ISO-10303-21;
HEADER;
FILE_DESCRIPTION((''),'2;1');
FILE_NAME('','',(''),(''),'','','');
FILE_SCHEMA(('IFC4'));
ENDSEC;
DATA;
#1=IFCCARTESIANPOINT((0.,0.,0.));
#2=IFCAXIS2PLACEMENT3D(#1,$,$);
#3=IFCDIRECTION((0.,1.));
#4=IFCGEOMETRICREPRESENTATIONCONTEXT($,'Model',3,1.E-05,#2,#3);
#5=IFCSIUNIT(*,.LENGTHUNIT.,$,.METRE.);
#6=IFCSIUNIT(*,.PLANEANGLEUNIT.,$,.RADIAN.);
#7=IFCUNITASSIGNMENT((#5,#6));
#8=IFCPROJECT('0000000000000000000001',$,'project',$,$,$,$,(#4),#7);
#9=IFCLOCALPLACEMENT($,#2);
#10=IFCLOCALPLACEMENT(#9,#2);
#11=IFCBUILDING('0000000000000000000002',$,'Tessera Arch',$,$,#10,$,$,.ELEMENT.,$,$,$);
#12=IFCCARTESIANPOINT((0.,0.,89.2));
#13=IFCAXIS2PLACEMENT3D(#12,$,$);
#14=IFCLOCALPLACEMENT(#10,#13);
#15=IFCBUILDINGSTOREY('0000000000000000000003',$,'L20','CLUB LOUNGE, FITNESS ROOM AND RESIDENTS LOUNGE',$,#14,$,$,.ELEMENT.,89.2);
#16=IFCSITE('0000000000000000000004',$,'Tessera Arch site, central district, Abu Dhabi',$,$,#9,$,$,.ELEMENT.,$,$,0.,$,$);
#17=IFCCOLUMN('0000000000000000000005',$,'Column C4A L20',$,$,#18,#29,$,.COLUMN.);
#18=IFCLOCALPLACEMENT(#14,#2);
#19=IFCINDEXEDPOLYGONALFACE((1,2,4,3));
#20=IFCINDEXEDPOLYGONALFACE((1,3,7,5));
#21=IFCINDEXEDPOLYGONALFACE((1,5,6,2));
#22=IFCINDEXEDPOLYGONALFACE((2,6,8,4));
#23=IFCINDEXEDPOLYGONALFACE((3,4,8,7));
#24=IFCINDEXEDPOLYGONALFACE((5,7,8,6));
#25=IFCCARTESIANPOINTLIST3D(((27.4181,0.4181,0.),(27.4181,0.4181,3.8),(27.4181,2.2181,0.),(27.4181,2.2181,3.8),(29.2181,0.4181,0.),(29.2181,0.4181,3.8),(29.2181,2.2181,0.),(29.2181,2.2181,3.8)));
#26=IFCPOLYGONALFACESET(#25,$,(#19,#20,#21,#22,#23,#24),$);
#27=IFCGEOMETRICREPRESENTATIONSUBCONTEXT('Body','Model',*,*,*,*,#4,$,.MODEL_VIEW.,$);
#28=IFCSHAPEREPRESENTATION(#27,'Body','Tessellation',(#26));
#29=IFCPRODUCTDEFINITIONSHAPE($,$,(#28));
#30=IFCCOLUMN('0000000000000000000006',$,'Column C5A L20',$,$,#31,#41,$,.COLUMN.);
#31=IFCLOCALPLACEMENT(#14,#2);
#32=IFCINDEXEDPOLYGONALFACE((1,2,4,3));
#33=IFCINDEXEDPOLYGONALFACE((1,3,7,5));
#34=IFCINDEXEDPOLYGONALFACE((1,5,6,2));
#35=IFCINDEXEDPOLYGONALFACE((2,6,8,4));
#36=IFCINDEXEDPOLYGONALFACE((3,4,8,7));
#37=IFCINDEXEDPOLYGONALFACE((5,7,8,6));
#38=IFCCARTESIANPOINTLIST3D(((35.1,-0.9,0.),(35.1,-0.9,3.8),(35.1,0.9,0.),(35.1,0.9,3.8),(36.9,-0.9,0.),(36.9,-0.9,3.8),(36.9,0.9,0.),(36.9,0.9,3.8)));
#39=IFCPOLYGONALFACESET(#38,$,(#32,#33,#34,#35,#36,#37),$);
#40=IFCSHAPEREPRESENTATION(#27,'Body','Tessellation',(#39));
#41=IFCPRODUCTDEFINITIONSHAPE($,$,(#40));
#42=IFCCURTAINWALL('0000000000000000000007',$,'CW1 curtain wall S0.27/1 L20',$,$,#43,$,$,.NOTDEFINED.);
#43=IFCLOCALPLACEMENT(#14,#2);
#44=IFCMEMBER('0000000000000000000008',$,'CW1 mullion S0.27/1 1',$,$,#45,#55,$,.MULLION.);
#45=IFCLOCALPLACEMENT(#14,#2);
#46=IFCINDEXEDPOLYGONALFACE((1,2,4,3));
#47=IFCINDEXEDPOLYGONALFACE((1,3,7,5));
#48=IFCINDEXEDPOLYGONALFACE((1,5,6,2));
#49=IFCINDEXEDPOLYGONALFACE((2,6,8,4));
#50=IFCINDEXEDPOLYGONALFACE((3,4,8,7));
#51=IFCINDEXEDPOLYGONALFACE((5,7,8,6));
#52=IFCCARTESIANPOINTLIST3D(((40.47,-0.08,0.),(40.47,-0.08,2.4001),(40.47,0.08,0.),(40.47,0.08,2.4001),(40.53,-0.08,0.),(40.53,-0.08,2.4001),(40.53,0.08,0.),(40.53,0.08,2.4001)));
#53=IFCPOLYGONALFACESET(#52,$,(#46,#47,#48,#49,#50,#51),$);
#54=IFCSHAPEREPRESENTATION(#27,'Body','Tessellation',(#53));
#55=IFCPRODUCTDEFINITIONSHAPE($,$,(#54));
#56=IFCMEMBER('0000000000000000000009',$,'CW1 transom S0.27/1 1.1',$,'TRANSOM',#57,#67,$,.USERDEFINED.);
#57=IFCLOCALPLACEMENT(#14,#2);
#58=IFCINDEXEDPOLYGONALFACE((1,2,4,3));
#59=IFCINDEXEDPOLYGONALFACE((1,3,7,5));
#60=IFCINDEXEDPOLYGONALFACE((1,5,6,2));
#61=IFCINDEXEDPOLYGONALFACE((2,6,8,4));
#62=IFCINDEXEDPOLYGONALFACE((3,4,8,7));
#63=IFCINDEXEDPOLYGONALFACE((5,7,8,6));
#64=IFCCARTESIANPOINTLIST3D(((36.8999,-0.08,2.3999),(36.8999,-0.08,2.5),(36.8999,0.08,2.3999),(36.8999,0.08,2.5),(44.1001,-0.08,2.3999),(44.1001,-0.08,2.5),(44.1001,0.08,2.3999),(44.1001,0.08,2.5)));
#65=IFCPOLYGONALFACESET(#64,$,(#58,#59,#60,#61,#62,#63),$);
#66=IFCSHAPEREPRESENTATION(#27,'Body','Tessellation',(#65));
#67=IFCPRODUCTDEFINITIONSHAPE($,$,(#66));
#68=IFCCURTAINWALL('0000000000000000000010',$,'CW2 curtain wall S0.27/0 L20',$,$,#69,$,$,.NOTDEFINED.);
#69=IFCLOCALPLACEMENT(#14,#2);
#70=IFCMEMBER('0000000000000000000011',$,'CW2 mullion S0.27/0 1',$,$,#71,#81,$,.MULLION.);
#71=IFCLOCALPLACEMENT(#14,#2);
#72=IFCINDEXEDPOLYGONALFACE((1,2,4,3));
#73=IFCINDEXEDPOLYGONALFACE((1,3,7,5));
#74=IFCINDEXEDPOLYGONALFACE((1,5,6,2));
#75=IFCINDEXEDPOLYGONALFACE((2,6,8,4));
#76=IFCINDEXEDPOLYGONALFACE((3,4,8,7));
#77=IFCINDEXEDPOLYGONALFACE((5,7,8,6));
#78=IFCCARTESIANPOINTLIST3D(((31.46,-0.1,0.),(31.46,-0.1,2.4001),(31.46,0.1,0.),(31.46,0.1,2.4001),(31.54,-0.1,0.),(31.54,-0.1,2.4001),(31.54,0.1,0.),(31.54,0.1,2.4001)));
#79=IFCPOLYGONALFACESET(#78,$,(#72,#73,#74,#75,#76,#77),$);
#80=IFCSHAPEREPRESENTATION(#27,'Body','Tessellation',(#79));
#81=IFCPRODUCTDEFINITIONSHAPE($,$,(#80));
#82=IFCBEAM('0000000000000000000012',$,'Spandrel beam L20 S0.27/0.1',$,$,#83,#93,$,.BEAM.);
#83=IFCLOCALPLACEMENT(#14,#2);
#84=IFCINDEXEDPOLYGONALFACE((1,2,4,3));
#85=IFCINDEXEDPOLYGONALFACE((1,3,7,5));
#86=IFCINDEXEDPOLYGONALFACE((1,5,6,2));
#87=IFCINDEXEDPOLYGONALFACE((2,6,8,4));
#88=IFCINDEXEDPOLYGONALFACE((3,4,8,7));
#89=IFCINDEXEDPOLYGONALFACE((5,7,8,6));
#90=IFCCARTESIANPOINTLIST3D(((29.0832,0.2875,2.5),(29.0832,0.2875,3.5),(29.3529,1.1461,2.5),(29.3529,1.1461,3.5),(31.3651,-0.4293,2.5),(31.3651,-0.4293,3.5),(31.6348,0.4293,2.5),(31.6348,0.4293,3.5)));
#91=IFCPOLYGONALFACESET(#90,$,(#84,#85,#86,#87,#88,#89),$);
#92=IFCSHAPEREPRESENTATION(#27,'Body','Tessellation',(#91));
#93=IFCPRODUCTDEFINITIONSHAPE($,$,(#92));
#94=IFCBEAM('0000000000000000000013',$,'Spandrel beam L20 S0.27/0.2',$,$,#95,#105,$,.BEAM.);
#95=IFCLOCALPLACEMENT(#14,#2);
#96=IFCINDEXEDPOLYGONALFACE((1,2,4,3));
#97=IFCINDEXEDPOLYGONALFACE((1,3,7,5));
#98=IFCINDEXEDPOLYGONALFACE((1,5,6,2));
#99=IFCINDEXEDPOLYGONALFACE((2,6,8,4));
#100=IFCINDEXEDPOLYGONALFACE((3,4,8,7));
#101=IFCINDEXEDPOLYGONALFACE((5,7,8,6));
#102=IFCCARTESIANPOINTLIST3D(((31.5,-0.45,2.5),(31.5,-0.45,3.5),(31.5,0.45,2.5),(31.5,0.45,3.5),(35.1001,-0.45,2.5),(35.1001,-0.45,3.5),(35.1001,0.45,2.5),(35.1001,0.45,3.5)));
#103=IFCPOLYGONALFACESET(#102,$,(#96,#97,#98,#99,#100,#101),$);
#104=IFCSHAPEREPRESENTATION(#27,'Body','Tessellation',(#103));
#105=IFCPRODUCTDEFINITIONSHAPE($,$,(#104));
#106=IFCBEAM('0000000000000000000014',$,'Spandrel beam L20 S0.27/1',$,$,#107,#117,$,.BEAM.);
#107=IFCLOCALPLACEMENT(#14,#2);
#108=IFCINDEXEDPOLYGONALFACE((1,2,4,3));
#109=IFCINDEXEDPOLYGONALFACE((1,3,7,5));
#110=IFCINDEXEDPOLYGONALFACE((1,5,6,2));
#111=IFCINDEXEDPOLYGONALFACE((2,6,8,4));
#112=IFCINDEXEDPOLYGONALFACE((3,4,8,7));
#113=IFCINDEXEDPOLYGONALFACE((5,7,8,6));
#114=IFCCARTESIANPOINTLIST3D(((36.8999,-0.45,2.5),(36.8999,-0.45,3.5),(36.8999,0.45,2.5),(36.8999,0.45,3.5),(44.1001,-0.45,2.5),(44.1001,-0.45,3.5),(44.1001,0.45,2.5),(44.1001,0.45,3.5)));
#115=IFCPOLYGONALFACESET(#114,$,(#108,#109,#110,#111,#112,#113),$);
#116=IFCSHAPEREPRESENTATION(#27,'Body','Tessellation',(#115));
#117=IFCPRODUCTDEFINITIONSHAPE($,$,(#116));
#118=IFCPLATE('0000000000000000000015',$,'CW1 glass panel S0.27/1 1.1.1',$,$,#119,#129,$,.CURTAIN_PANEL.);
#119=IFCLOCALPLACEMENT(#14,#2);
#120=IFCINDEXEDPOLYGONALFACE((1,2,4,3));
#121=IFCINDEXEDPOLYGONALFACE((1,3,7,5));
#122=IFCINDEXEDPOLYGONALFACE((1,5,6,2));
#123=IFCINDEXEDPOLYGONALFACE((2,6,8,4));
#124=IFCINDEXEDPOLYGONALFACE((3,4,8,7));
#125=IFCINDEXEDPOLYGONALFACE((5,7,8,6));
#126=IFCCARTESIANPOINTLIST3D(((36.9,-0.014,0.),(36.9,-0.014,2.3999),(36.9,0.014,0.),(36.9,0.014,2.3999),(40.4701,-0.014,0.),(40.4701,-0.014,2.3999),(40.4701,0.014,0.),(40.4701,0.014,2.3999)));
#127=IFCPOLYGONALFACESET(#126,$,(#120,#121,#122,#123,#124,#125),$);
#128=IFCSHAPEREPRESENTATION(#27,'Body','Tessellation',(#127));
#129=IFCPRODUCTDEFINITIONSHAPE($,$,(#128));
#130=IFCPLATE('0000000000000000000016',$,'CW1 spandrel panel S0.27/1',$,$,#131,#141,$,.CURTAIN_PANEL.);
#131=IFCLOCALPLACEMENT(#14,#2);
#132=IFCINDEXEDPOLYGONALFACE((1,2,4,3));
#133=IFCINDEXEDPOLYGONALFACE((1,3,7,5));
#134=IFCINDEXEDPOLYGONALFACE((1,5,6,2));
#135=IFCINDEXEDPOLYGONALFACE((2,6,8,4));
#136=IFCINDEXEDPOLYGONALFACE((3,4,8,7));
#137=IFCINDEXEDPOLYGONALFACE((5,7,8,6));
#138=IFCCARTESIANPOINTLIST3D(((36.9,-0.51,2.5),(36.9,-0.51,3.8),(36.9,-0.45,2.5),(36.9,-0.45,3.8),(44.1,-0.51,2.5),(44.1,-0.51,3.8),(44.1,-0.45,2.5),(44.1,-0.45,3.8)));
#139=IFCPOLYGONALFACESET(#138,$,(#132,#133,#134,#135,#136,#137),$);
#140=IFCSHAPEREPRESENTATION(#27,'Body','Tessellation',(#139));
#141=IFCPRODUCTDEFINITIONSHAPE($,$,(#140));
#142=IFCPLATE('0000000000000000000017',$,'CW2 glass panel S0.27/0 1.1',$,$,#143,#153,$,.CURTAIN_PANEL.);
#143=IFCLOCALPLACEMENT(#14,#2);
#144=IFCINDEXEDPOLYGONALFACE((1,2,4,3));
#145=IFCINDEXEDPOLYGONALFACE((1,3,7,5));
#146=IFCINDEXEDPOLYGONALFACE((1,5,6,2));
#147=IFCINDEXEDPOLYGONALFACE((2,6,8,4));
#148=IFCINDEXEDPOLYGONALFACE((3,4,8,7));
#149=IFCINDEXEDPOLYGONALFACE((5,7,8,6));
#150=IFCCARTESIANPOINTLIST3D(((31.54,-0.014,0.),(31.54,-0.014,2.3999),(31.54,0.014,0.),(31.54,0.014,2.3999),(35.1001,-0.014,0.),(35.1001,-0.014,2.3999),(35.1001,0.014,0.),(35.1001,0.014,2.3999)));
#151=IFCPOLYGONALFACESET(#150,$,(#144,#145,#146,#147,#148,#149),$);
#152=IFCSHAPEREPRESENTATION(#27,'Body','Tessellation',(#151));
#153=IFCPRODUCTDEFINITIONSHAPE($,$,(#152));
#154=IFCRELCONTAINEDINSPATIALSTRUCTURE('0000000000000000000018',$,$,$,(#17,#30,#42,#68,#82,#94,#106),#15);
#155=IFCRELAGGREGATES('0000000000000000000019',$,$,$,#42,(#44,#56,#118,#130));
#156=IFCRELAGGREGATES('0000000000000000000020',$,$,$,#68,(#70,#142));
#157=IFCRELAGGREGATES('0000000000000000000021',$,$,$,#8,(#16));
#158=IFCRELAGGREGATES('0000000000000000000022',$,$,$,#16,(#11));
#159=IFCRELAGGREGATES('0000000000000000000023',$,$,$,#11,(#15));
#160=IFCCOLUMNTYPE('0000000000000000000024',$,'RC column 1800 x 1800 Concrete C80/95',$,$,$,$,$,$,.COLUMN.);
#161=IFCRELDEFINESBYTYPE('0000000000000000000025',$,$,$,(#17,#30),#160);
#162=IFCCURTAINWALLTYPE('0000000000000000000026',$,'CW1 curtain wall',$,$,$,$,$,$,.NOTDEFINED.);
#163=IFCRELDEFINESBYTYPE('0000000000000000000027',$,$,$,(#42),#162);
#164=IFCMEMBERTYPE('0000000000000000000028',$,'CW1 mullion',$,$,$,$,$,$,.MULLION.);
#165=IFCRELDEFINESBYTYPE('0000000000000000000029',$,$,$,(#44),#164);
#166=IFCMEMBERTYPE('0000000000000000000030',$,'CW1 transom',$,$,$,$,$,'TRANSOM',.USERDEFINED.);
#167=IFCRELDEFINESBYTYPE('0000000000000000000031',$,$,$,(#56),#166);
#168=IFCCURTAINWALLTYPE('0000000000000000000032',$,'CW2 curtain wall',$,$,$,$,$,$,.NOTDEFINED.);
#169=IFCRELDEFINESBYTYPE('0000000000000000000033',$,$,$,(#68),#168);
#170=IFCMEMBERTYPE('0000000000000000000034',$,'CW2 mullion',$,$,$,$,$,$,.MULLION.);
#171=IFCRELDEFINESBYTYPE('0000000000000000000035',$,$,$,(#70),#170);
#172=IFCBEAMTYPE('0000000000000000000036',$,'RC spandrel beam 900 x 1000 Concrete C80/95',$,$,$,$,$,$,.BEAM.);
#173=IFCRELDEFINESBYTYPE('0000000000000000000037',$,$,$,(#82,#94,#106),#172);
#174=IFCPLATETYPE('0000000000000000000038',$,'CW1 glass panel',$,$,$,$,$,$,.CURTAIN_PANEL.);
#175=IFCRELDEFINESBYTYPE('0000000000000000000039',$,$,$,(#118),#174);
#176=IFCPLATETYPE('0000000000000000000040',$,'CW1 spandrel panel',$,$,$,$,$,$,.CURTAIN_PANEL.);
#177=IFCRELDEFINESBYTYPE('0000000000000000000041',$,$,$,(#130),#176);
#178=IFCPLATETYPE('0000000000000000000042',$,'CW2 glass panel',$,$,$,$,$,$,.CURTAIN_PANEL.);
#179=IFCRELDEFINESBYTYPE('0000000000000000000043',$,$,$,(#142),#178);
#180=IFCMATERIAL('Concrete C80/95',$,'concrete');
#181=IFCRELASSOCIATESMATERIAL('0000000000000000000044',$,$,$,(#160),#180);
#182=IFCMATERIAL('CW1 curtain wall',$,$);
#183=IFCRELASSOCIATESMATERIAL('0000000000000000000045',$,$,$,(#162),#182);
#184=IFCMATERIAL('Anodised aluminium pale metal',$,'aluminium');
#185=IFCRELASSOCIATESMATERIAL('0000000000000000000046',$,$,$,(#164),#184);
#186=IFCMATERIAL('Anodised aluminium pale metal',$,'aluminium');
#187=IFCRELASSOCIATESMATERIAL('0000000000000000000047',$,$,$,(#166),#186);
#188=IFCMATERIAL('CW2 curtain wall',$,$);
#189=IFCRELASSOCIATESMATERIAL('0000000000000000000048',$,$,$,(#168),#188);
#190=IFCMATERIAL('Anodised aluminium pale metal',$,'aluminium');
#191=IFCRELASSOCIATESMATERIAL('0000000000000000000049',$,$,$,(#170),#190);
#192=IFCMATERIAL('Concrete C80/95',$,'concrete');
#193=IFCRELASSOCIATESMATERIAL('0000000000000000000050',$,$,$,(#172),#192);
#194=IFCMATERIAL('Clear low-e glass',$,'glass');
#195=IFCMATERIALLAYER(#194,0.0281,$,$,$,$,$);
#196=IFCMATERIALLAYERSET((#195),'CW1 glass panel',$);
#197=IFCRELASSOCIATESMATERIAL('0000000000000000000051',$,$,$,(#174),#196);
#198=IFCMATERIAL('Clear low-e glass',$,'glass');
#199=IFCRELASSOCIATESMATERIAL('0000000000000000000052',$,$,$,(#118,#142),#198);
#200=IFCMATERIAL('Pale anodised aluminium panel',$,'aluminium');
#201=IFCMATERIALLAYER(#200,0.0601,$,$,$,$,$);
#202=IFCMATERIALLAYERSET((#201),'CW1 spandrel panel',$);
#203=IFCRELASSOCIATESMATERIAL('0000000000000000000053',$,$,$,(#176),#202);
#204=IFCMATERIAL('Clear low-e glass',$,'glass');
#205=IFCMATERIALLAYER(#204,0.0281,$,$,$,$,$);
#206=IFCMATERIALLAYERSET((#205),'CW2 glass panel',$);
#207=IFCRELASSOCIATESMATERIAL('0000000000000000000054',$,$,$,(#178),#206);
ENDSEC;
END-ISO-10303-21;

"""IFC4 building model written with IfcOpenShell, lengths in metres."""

from ifc_helpers import new_model, si_unit, direction, frame, origin, origin_2d, place, context, subcontext, project, spatial, rectangle, extrude, material, layer, layer_set, material_profile, profile_set, type_object, element, aggregate, save


model = new_model("IFC4")

# Units and contexts
model_context = context("Model", 3, precision=1e-05, world=origin(), true_north=direction((0.0, 1.0)))
body_context = subcontext(model_context, "Body", "Model", "MODEL_VIEW")
ifc_project = project(units=[si_unit("LENGTHUNIT", "METRE"), si_unit("PLANEANGLEUNIT", "RADIAN")], contexts=[model_context])

# Site, building, storey
site_placement = place(None, origin())
site = spatial("IfcSite", under=ifc_project, at=site_placement, Name="Tessera Arch site, central district, Abu Dhabi", CompositionType="ELEMENT", RefElevation=0.0)
building_placement = place(site_placement, origin())
building = spatial("IfcBuilding", under=site, at=building_placement, Name="Tessera Arch", CompositionType="ELEMENT")
storey_placement = place(building_placement, frame((0.0, 0.0, 89.2)))
storey = spatial("IfcBuildingStorey", under=building, at=storey_placement, Name="L20", Description="CLUB LOUNGE, FITNESS ROOM AND RESIDENTS LOUNGE", CompositionType="ELEMENT", Elevation=89.2)

# Columns
ifc_material_1 = material(Name="Concrete C80/95", Category="concrete")
ifc_material_profile_1 = material_profile(ifc_material_1, rectangle(XDim=1.8, YDim=1.8, at=origin_2d()), Name="RC column 1800 x 1800 Concrete C80/95")
ifc_profile_set_1 = profile_set([ifc_material_profile_1], Name="Concrete C80/95")
column_type = type_object("IfcColumnType", Name="RC column 1800 x 1800 Concrete C80/95", PredefinedType="COLUMN", material=ifc_profile_set_1)
for number, where, z_axis, x_axis, name in (
    (1, (28.3181, 1.3181, 0.0), (0.0, 0.0, 1.0), (1.0, 0.0, 0.0), "Column C4A L20"),
    (2, (36.0, 0.0, 0.0), (0.0, 0.0, 1.0), (1.0, 0.0, 0.0), "Column C5A L20"),
):
    element("IfcColumn", number, at=place(storey_placement, frame(where, z_axis=z_axis, x_axis=x_axis)), inside=storey, type_object=column_type, Name=name, PredefinedType="COLUMN", context=body_context, shape_type="SweptSolid", body=[
        extrude(rectangle(XDim=1.8, YDim=1.8, at=origin_2d()), origin(), (0.0, 0.0, 1.0), 3.8),
    ])

# Curtain wall, members
ifc_material_2 = material(Name="CW1 curtain wall")
curtain_wall_type_1 = type_object("IfcCurtainWallType", Name="CW1 curtain wall", PredefinedType="NOTDEFINED", material=ifc_material_2)
curtain_wall_1_placement = place(storey_placement, origin())
curtain_wall_1 = element("IfcCurtainWall", 3, at=curtain_wall_1_placement, inside=storey, type_object=curtain_wall_type_1, Name="CW1 curtain wall S0.27/1 L20", PredefinedType="NOTDEFINED")
ifc_material_3 = material(Name="Anodised aluminium pale metal", Category="aluminium")
ifc_material_profile_2 = material_profile(ifc_material_3, rectangle(XDim=0.1599, YDim=0.0601, at=origin_2d()), Name="AL 60x160")
ifc_profile_set_2 = profile_set([ifc_material_profile_2], Name="Anodised aluminium pale metal")
member_type_1 = type_object("IfcMemberType", Name="CW1 mullion", PredefinedType="MULLION", material=ifc_profile_set_2)
member_1_placement = place(storey_placement, frame((40.5, 0.0, 0.0), z_axis=(0.0, 0.0, 1.0), x_axis=(0.0, 1.0, 0.0)))
member_1 = element("IfcMember", 4, at=member_1_placement, type_object=member_type_1, Name="CW1 mullion S0.27/1 1", PredefinedType="MULLION", context=body_context, shape_type="SweptSolid", body=[
    extrude(rectangle(XDim=0.1599, YDim=0.0601, at=origin_2d()), origin(), (0.0, 0.0, 1.0), 2.4001),
])
ifc_material_4 = material(Name="Anodised aluminium pale metal", Category="aluminium")
ifc_material_profile_3 = material_profile(ifc_material_4, rectangle(XDim=0.1599, YDim=0.1001, at=origin_2d()), Name="AL 160x100")
ifc_profile_set_3 = profile_set([ifc_material_profile_3], Name="Anodised aluminium pale metal")
member_type_2 = type_object("IfcMemberType", Name="CW1 transom", ElementType="TRANSOM", PredefinedType="USERDEFINED", material=ifc_profile_set_3)
member_2_placement = place(storey_placement, frame((36.8999, 0.0, 2.45), z_axis=(1.0, 0.0, 0.0), x_axis=(0.0, 1.0, 0.0)))
member_2 = element("IfcMember", 5, at=member_2_placement, type_object=member_type_2, Name="CW1 transom S0.27/1 1.1", ObjectType="TRANSOM", PredefinedType="USERDEFINED", context=body_context, shape_type="SweptSolid", body=[
    extrude(rectangle(XDim=0.1599, YDim=0.1001, at=origin_2d()), origin(), (0.0, 0.0, 1.0), 7.2002),
])

# Curtain wall, member
ifc_material_5 = material(Name="CW2 curtain wall")
curtain_wall_type_2 = type_object("IfcCurtainWallType", Name="CW2 curtain wall", PredefinedType="NOTDEFINED", material=ifc_material_5)
curtain_wall_2_placement = place(storey_placement, origin())
curtain_wall_2 = element("IfcCurtainWall", 6, at=curtain_wall_2_placement, inside=storey, type_object=curtain_wall_type_2, Name="CW2 curtain wall S0.27/0 L20", PredefinedType="NOTDEFINED")
ifc_material_6 = material(Name="Anodised aluminium pale metal", Category="aluminium")
ifc_material_profile_4 = material_profile(ifc_material_6, rectangle(XDim=0.2, YDim=0.0801, at=origin_2d()), Name="AL 80x200")
ifc_profile_set_4 = profile_set([ifc_material_profile_4], Name="Anodised aluminium pale metal")
member_type_3 = type_object("IfcMemberType", Name="CW2 mullion", PredefinedType="MULLION", material=ifc_profile_set_4)
member_3_placement = place(storey_placement, frame((31.5, 0.0, 0.0), z_axis=(0.0, 0.0, 1.0), x_axis=(0.0, 1.0, 0.0)))
member_3 = element("IfcMember", 7, at=member_3_placement, type_object=member_type_3, Name="CW2 mullion S0.27/0 1", PredefinedType="MULLION", context=body_context, shape_type="SweptSolid", body=[
    extrude(rectangle(XDim=0.2, YDim=0.0801, at=origin_2d()), origin(), (0.0, 0.0, 1.0), 2.4001),
])

# Beams
ifc_material_7 = material(Name="Concrete C80/95", Category="concrete")
ifc_material_profile_5 = material_profile(ifc_material_7, rectangle(XDim=0.8999, YDim=1.0, at=origin_2d()), Name="RC spandrel beam 900 x 1000 Concrete C80/95")
ifc_profile_set_5 = profile_set([ifc_material_profile_5], Name="Concrete C80/95")
beam_type = type_object("IfcBeamType", Name="RC spandrel beam 900 x 1000 Concrete C80/95", PredefinedType="BEAM", material=ifc_profile_set_5)
beam_1_placement = place(storey_placement, frame((29.218, 0.7168, 3.0), z_axis=(0.954041, -0.299675, 0.0), x_axis=(0.299675, 0.954041, 0.0)))
element("IfcBeam", 8, at=beam_1_placement, inside=storey, type_object=beam_type, Name="Spandrel beam L20 S0.27/0.1", PredefinedType="BEAM", context=body_context, shape_type="SweptSolid", body=[
    extrude(rectangle(XDim=0.8999, YDim=1.0, at=origin_2d()), origin(), (0.0, 0.0, 1.0), 2.3918),
])
beam_2_placement = place(storey_placement, frame((31.5, 0.0, 3.0), z_axis=(1.0, 0.0, 0.0), x_axis=(0.0, 1.0, 0.0)))
element("IfcBeam", 9, at=beam_2_placement, inside=storey, type_object=beam_type, Name="Spandrel beam L20 S0.27/0.2", PredefinedType="BEAM", context=body_context, shape_type="SweptSolid", body=[
    extrude(rectangle(XDim=0.8999, YDim=1.0, at=origin_2d()), origin(), (0.0, 0.0, 1.0), 3.6001),
])
beam_3_placement = place(storey_placement, frame((36.8999, 0.0, 3.0), z_axis=(1.0, 0.0, 0.0), x_axis=(0.0, 1.0, 0.0)))
element("IfcBeam", 10, at=beam_3_placement, inside=storey, type_object=beam_type, Name="Spandrel beam L20 S0.27/1", PredefinedType="BEAM", context=body_context, shape_type="SweptSolid", body=[
    extrude(rectangle(XDim=0.8999, YDim=1.0, at=origin_2d()), origin(), (0.0, 0.0, 1.0), 7.2002),
])

# Plates
ifc_material_8 = material(Name="Clear low-e glass", Category="glass")
ifc_material_9 = material(Name="Clear low-e glass", Category="glass")
ifc_layer_1 = layer(ifc_material_9, 0.0281)
ifc_layer_set_1 = layer_set([ifc_layer_1], Name="CW1 glass panel")
plate_type_1 = type_object("IfcPlateType", Name="CW1 glass panel", PredefinedType="CURTAIN_PANEL", material=ifc_layer_set_1)
plate_1_placement = place(storey_placement, frame((38.6851, 0.0, 0.0), z_axis=(0.0, 0.0, 1.0), x_axis=(1.0, 0.0, 0.0)))
plate_1 = element("IfcPlate", 11, at=plate_1_placement, type_object=plate_type_1, material=ifc_material_8, Name="CW1 glass panel S0.27/1 1.1.1", PredefinedType="CURTAIN_PANEL", context=body_context, shape_type="SweptSolid", body=[
    extrude(rectangle(XDim=3.5701, YDim=0.0281, at=origin_2d()), origin(), (0.0, 0.0, 1.0), 2.3999),
])
ifc_material_10 = material(Name="Pale anodised aluminium panel", Category="aluminium")
ifc_layer_2 = layer(ifc_material_10, 0.0601)
ifc_layer_set_2 = layer_set([ifc_layer_2], Name="CW1 spandrel panel")
plate_type_2 = type_object("IfcPlateType", Name="CW1 spandrel panel", PredefinedType="CURTAIN_PANEL", material=ifc_layer_set_2)
plate_2_placement = place(storey_placement, frame((40.5, -0.48, 2.5), z_axis=(0.0, 0.0, 1.0), x_axis=(1.0, 0.0, 0.0)))
plate_2 = element("IfcPlate", 12, at=plate_2_placement, type_object=plate_type_2, Name="CW1 spandrel panel S0.27/1", PredefinedType="CURTAIN_PANEL", context=body_context, shape_type="SweptSolid", body=[
    extrude(rectangle(XDim=7.2, YDim=0.0601, at=origin_2d()), origin(), (0.0, 0.0, 1.0), 1.3),
])
aggregate(curtain_wall_1, [member_1, member_2, plate_1, plate_2])
ifc_material_11 = material(Name="Clear low-e glass", Category="glass")
ifc_layer_3 = layer(ifc_material_11, 0.0281)
ifc_layer_set_3 = layer_set([ifc_layer_3], Name="CW2 glass panel")
plate_type_3 = type_object("IfcPlateType", Name="CW2 glass panel", PredefinedType="CURTAIN_PANEL", material=ifc_layer_set_3)
plate_3_placement = place(storey_placement, frame((33.3201, 0.0, 0.0), z_axis=(0.0, 0.0, 1.0), x_axis=(1.0, 0.0, 0.0)))
plate_3 = element("IfcPlate", 13, at=plate_3_placement, type_object=plate_type_3, material=ifc_material_8, Name="CW2 glass panel S0.27/0 1.1", PredefinedType="CURTAIN_PANEL", context=body_context, shape_type="SweptSolid", body=[
    extrude(rectangle(XDim=3.5601, YDim=0.0281, at=origin_2d()), origin(), (0.0, 0.0, 1.0), 2.3999),
])
aggregate(curtain_wall_2, [member_3, plate_3])

save(model, "model.ifc")
